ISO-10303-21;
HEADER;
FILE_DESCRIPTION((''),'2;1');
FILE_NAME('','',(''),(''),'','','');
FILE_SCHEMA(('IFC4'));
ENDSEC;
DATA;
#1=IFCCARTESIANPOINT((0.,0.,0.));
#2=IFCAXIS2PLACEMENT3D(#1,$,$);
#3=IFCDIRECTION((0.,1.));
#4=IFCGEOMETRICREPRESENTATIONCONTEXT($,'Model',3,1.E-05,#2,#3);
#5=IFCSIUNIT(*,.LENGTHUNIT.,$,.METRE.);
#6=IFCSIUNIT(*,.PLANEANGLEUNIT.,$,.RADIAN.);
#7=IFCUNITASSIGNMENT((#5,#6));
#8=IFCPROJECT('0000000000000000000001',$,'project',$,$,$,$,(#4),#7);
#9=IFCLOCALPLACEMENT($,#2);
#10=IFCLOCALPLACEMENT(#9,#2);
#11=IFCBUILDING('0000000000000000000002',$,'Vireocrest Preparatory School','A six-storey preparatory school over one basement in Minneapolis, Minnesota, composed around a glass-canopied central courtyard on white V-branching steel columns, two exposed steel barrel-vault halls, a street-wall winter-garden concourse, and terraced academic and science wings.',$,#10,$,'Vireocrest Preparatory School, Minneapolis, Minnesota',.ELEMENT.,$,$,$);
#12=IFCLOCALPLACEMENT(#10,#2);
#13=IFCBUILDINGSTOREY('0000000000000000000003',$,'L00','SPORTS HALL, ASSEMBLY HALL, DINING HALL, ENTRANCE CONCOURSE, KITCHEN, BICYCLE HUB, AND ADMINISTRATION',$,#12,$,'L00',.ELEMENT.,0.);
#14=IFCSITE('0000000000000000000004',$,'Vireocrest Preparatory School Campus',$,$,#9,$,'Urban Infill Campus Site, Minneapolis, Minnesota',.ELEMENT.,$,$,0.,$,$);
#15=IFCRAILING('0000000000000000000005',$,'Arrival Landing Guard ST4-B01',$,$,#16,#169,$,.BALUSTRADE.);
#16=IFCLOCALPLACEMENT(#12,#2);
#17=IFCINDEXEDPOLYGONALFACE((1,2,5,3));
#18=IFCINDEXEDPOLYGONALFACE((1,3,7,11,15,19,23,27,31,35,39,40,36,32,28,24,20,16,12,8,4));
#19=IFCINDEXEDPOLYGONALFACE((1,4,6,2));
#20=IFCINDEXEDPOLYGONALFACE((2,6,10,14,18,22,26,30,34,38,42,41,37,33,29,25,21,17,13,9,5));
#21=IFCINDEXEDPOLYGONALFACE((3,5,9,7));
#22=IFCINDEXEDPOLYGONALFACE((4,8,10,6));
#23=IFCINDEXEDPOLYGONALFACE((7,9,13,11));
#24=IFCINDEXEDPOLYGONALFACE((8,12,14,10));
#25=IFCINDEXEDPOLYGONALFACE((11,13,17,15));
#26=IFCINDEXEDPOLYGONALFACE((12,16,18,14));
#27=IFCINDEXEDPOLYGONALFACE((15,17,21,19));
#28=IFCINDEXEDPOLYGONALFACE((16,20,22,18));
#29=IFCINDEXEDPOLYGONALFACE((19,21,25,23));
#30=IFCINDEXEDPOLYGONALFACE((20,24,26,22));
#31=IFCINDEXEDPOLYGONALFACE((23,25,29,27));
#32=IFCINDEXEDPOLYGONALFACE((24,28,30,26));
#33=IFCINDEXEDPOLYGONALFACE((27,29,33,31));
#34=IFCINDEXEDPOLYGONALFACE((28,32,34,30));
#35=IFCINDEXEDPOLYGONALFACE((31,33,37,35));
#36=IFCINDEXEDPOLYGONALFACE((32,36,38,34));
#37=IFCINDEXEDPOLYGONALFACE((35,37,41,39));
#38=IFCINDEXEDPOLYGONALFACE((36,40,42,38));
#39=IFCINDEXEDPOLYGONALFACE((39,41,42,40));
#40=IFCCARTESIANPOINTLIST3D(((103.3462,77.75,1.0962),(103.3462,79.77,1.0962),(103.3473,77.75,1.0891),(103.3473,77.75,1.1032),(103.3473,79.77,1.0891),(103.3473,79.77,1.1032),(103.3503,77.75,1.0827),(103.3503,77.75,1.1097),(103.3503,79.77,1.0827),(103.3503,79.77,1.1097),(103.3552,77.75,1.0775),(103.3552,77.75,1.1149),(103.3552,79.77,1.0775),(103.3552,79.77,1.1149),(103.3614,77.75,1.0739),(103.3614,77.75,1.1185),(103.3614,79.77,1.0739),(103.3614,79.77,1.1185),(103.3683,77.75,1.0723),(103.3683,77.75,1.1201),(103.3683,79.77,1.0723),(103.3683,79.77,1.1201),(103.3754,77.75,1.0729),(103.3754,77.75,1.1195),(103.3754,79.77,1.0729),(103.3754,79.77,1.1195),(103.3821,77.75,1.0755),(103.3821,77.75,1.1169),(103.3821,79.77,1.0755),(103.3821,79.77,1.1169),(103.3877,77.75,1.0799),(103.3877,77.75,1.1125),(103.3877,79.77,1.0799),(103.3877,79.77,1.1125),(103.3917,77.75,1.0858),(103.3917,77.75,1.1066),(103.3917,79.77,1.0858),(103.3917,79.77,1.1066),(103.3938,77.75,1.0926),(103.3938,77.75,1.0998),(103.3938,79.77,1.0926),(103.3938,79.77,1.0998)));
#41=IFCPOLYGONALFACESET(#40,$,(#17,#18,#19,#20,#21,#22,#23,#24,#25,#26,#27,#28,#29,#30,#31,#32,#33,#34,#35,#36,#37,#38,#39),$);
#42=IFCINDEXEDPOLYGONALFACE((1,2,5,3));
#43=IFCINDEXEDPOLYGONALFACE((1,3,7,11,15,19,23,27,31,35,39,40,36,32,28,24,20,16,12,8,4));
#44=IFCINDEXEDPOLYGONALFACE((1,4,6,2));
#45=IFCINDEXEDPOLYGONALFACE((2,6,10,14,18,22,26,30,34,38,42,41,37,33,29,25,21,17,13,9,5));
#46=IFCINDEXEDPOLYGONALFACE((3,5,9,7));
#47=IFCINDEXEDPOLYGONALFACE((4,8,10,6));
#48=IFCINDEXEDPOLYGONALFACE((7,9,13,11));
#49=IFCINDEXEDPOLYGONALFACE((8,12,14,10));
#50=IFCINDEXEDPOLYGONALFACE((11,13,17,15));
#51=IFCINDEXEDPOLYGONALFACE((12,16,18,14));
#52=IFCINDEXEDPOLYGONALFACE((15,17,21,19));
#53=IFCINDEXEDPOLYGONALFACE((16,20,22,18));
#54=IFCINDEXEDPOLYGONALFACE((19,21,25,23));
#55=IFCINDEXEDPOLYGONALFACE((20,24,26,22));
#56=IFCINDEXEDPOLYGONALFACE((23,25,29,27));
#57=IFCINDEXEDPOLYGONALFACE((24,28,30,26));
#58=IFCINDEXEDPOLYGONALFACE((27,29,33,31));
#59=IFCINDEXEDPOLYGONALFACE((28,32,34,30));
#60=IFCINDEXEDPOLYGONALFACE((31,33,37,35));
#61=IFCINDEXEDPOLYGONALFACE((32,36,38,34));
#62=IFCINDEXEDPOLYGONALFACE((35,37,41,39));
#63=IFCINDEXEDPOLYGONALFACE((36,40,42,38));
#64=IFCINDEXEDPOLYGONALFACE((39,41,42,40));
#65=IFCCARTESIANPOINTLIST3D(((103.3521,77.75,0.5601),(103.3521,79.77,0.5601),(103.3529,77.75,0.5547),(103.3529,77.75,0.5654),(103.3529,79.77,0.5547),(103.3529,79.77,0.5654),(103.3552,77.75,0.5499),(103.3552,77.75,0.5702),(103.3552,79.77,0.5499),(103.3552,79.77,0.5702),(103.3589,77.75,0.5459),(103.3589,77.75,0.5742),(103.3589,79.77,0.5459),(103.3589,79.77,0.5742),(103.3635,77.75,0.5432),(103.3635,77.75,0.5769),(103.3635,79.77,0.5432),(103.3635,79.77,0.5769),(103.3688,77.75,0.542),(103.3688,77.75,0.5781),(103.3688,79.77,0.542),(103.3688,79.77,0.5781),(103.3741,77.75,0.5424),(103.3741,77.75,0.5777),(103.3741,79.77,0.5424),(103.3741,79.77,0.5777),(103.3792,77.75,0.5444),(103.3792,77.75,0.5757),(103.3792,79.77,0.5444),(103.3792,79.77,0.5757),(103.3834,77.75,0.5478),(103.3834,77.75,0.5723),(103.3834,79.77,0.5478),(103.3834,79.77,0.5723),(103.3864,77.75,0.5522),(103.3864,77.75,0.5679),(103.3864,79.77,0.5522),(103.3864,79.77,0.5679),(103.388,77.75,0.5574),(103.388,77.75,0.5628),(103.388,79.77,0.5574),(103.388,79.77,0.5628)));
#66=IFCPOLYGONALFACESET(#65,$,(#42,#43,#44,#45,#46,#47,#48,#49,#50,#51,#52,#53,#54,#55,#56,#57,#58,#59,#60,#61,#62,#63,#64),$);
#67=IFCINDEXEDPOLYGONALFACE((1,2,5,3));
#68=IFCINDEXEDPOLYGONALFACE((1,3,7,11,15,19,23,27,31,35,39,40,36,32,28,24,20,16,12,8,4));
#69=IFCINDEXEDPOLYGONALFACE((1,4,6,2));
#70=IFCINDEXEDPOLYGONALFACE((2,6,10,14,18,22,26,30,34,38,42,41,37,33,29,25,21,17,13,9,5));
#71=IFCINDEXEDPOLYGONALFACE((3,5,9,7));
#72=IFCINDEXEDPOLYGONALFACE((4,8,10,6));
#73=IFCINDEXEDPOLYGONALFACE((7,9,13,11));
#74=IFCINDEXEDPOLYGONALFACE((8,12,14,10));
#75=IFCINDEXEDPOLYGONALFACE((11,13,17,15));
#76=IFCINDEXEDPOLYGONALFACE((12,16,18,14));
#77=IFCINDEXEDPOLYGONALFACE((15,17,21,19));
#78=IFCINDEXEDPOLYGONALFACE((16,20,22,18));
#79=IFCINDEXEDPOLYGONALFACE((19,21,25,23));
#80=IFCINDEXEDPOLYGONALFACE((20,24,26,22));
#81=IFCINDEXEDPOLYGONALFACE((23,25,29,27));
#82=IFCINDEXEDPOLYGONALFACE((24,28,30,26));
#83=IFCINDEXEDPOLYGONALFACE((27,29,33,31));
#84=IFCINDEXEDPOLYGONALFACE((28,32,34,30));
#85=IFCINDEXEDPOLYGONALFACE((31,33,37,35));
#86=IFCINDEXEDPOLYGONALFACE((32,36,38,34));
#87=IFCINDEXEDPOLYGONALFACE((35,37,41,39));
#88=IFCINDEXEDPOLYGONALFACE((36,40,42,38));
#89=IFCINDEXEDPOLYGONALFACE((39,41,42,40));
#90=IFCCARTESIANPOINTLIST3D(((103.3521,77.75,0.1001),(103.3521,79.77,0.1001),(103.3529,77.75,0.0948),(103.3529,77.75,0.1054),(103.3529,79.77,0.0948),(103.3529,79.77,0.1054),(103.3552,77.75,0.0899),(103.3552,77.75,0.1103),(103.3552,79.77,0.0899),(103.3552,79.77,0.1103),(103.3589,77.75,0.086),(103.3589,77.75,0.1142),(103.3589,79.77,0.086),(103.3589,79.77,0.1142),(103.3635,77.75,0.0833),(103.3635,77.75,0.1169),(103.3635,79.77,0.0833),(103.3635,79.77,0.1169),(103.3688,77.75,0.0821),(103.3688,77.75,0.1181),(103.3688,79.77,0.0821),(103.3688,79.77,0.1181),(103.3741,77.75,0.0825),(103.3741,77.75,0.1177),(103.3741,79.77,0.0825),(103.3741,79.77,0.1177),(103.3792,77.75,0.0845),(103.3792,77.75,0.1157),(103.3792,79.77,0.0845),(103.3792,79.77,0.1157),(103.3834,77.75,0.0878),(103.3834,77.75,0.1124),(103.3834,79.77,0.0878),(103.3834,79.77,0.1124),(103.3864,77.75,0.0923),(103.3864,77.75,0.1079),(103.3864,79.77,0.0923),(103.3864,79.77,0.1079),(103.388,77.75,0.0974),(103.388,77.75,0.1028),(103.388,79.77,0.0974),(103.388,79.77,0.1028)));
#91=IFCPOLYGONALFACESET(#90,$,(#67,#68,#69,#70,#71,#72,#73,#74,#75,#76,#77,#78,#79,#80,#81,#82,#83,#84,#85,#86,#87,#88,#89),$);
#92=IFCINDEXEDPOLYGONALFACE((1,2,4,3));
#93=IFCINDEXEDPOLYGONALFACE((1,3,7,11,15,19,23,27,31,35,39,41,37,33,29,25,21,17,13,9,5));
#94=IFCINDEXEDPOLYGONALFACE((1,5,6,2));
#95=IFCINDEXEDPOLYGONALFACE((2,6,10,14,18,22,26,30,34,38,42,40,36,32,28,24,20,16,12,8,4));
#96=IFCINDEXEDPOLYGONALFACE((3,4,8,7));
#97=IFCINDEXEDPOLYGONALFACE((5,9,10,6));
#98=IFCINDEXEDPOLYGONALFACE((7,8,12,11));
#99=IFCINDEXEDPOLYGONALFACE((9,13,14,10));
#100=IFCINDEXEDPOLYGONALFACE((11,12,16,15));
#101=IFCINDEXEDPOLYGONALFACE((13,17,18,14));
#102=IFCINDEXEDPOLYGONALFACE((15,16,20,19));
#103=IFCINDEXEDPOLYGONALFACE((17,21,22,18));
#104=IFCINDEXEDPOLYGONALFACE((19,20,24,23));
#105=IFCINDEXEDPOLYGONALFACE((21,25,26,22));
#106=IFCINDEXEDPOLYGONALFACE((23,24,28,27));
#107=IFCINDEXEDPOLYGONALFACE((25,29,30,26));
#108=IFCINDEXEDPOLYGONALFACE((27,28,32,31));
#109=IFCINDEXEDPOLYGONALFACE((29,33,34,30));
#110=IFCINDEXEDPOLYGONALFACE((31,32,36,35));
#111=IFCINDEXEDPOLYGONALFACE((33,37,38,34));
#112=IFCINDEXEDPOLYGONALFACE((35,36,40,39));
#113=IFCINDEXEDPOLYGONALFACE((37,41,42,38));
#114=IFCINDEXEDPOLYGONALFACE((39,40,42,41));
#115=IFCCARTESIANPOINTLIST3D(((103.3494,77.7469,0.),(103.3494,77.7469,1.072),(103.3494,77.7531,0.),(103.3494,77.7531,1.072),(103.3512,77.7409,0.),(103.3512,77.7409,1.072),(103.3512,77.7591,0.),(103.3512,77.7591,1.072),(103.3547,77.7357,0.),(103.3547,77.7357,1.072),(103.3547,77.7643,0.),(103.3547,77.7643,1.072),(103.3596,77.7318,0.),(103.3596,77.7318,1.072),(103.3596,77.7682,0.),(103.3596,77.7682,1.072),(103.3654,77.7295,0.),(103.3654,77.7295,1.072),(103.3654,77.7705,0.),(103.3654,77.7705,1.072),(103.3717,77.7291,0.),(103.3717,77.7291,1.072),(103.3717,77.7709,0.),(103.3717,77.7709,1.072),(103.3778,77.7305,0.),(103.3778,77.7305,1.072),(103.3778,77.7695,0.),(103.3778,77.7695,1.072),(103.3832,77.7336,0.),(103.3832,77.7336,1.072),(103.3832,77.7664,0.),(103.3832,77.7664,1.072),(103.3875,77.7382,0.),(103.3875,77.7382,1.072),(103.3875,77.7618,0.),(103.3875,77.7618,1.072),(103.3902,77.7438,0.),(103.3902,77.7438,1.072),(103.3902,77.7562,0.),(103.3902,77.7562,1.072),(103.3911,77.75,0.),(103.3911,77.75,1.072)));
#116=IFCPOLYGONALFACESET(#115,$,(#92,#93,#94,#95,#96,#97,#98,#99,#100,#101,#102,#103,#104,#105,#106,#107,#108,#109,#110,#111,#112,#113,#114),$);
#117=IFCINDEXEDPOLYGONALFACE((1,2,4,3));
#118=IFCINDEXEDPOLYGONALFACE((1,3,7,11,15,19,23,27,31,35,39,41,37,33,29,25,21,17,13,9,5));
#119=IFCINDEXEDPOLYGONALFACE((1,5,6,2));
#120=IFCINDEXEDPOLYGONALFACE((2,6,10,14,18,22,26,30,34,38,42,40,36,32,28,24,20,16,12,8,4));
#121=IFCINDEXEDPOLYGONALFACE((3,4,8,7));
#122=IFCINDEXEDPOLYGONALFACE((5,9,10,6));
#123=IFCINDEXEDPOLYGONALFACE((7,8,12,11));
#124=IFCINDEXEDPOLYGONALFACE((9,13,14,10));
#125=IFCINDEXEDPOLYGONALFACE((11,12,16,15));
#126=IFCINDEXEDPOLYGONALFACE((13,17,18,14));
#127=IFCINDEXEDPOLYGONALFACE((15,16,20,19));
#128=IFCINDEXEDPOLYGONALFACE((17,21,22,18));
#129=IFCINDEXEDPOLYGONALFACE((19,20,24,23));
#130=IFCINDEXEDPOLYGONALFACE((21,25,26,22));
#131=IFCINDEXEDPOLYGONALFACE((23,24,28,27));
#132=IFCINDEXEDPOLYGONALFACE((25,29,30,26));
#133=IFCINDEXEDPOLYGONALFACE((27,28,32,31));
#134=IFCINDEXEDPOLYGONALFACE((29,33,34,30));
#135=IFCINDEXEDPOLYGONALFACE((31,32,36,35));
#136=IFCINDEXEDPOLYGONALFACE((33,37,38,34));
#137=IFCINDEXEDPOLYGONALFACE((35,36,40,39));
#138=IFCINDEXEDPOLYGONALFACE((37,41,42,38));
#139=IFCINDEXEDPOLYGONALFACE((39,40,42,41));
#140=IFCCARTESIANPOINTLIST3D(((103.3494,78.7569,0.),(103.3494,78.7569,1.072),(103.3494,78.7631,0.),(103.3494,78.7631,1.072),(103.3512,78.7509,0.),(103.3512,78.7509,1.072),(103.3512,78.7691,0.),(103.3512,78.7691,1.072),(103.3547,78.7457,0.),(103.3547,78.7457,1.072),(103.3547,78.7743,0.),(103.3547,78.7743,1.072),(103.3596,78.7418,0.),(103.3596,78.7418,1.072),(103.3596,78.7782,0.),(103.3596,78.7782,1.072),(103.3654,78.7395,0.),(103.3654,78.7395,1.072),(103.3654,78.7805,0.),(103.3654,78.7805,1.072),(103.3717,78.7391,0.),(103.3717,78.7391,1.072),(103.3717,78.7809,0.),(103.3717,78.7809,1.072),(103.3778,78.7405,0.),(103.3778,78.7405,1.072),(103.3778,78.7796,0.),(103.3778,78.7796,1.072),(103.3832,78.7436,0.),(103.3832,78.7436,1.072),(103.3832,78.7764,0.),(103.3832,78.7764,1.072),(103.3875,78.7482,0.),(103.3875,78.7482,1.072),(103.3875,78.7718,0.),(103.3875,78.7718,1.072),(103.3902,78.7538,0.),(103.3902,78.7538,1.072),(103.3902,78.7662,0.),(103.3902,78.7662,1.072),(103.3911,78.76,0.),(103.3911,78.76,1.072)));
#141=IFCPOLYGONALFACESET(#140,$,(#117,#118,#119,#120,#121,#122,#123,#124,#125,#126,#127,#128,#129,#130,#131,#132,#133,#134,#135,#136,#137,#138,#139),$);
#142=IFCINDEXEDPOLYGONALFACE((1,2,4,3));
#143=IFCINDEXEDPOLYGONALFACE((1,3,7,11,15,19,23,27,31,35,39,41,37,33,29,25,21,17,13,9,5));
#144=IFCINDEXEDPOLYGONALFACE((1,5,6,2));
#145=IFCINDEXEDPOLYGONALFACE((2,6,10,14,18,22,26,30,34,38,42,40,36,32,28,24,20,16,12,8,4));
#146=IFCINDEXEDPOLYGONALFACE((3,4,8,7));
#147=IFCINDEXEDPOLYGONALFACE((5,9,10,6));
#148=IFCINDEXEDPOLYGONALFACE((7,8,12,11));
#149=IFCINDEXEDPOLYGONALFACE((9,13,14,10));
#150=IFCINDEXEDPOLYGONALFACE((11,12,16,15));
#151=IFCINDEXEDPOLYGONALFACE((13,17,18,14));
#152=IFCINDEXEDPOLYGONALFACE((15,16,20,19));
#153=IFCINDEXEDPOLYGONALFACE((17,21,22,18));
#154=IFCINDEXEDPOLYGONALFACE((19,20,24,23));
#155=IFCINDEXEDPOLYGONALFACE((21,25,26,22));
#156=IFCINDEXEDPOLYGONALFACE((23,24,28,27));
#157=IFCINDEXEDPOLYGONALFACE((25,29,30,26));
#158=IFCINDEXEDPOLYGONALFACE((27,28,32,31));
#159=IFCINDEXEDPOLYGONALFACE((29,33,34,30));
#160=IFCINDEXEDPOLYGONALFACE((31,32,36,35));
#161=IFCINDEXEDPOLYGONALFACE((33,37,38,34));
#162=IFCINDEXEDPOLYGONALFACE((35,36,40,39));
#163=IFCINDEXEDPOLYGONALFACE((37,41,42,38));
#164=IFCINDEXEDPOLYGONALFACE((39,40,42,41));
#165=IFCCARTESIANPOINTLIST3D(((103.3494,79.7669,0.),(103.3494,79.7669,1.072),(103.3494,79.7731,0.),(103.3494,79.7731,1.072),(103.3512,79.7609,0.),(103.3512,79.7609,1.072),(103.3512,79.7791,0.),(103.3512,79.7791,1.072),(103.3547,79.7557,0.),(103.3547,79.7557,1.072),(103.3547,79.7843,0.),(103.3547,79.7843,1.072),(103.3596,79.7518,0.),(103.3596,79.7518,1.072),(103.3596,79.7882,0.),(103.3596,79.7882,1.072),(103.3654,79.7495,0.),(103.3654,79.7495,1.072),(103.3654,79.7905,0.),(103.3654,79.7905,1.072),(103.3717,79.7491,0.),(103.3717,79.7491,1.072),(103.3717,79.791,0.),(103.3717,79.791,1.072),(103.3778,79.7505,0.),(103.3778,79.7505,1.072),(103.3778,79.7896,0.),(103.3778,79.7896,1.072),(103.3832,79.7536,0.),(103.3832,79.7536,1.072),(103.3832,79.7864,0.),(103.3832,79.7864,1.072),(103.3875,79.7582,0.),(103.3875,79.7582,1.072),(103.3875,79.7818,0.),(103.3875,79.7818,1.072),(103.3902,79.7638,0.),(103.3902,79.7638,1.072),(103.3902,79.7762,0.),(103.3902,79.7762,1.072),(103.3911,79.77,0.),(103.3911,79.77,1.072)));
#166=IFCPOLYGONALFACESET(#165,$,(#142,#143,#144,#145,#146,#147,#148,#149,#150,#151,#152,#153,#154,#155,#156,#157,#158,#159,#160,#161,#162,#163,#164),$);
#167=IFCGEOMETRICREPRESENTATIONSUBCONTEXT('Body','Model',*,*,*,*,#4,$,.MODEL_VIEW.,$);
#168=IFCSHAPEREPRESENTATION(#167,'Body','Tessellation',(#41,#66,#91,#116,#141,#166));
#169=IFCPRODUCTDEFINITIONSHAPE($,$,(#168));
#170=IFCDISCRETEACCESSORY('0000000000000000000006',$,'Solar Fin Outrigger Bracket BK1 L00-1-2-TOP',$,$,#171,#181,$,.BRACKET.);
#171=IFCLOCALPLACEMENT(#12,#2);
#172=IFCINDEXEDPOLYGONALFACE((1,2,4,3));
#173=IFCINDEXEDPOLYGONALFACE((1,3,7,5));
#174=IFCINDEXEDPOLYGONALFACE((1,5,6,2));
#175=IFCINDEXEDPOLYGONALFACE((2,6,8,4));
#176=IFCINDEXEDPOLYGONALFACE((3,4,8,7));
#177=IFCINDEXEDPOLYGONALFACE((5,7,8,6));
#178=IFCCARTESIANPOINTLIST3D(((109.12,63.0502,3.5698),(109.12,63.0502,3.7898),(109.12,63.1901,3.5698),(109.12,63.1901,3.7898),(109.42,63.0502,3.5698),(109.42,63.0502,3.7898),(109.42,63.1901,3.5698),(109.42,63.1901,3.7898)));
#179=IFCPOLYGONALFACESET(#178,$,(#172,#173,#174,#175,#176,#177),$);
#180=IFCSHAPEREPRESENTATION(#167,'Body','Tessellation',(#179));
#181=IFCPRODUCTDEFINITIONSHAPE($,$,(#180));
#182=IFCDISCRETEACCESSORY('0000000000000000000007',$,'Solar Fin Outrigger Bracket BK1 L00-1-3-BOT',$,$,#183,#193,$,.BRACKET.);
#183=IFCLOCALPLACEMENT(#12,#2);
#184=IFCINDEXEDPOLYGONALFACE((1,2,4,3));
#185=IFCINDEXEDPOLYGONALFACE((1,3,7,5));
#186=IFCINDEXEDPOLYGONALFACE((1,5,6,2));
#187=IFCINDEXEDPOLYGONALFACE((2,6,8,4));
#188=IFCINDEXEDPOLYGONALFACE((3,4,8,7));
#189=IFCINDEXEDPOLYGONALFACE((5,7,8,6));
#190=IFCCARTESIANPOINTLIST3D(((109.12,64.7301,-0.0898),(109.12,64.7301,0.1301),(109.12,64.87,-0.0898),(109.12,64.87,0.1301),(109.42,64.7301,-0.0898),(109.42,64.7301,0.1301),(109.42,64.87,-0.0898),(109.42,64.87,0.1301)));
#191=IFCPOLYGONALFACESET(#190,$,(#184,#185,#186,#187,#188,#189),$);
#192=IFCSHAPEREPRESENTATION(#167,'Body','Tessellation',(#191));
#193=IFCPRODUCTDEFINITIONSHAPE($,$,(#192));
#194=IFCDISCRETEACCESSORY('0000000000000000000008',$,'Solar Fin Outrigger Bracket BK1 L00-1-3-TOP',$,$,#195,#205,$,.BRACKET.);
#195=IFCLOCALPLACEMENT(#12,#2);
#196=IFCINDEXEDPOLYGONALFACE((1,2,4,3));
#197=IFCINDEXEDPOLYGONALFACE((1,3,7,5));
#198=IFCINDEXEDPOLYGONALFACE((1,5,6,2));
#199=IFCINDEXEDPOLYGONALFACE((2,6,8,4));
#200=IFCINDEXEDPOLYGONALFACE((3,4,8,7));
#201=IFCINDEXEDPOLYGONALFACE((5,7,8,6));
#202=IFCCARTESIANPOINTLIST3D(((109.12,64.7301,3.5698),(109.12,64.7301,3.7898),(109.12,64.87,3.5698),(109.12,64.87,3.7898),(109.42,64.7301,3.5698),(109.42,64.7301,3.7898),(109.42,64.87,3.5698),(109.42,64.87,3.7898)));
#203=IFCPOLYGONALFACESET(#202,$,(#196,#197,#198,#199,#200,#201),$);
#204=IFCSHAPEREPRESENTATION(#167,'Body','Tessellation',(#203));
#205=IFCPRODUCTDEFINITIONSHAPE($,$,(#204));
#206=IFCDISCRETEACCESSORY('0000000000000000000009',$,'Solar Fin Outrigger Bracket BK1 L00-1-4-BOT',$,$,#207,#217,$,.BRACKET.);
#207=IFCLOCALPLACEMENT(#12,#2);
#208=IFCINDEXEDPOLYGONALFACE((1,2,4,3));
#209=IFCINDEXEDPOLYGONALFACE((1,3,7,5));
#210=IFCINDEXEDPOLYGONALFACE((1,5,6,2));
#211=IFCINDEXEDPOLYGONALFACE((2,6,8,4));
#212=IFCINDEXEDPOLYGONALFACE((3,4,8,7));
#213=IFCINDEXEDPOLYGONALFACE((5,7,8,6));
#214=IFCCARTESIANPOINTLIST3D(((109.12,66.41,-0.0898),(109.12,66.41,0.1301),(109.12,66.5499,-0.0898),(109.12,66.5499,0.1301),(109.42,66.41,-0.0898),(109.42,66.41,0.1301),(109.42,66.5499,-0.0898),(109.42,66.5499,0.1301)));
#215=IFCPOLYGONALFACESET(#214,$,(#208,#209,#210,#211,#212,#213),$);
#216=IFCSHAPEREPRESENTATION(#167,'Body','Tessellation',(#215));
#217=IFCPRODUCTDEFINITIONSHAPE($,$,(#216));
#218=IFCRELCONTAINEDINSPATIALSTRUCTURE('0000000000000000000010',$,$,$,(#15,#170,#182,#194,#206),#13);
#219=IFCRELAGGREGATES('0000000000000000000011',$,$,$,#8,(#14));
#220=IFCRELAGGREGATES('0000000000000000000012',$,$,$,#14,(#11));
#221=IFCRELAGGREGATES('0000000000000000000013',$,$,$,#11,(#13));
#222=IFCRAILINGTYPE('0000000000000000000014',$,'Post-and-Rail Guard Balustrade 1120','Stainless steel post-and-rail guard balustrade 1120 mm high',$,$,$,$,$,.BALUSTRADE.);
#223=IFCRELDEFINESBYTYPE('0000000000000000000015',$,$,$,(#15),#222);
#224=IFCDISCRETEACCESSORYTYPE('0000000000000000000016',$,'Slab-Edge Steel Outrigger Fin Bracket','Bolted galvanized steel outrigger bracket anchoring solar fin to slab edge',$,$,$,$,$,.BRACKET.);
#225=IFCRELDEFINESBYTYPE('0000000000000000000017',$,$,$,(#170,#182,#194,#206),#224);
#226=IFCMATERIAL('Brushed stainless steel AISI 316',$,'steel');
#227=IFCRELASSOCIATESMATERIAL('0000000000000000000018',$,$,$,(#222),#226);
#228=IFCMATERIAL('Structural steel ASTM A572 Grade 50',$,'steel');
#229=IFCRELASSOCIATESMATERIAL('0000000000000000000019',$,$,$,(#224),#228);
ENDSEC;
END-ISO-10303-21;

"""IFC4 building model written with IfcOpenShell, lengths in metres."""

from ifc_helpers import new_model, si_unit, direction, frame, origin, origin_2d, place, context, subcontext, project, spatial, rectangle, circle, extrude, material, type_object, element, save


model = new_model("IFC4")

# Units and contexts
model_context = context("Model", 3, precision=1e-05, world=origin(), true_north=direction((0.0, 1.0)))
body_context = subcontext(model_context, "Body", "Model", "MODEL_VIEW")
ifc_project = project(units=[si_unit("LENGTHUNIT", "METRE"), si_unit("PLANEANGLEUNIT", "RADIAN")], contexts=[model_context])

# Site, building, storey
site_placement = place(None, origin())
site = spatial("IfcSite", under=ifc_project, at=site_placement, Name="Vireocrest Preparatory School Campus", LongName="Urban Infill Campus Site, Minneapolis, Minnesota", CompositionType="ELEMENT", RefElevation=0.0)
building_placement = place(site_placement, origin())
building = spatial("IfcBuilding", under=site, at=building_placement, Name="Vireocrest Preparatory School", Description="A six-storey preparatory school over one basement in Minneapolis, Minnesota, composed around a glass-canopied central courtyard on white V-branching steel columns, two exposed steel barrel-vault halls, a street-wall winter-garden concourse, and terraced academic and science wings.", LongName="Vireocrest Preparatory School, Minneapolis, Minnesota", CompositionType="ELEMENT")
storey_placement = place(building_placement, origin())
storey = spatial("IfcBuildingStorey", under=building, at=storey_placement, Name="L00", Description="SPORTS HALL, ASSEMBLY HALL, DINING HALL, ENTRANCE CONCOURSE, KITCHEN, BICYCLE HUB, AND ADMINISTRATION", LongName="L00", CompositionType="ELEMENT", Elevation=0.0)

# Railing
ifc_material_1 = material(Name="Brushed stainless steel AISI 316", Category="steel")
railing_type = type_object("IfcRailingType", Name="Post-and-Rail Guard Balustrade 1120", Description="Stainless steel post-and-rail guard balustrade 1120 mm high", PredefinedType="BALUSTRADE", material=ifc_material_1)
railing_placement = place(storey_placement, frame((103.3701, 77.75, 0.0)))
element("IfcRailing", 1, at=railing_placement, inside=storey, type_object=railing_type, Name="Arrival Landing Guard ST4-B01", PredefinedType="BALUSTRADE", context=body_context, shape_type="SweptSolid", body=[
    extrude(circle(Radius=0.0239, at=origin_2d()), frame((0.0, 0.0, 1.0962), z_axis=(0.0, 1.0, 0.0), x_axis=(-1.0, 0.0, 0.0)), (0.0, 0.0, 1.0), 2.02),
    extrude(circle(Radius=0.0181, at=origin_2d()), frame((0.0, 0.0, 0.5601), z_axis=(0.0, 1.0, 0.0), x_axis=(-1.0, 0.0, 0.0)), (0.0, 0.0, 1.0), 2.02),
    extrude(circle(Radius=0.0181, at=origin_2d()), frame((0.0, 0.0, 0.1001), z_axis=(0.0, 1.0, 0.0), x_axis=(-1.0, 0.0, 0.0)), (0.0, 0.0, 1.0), 2.02),
    extrude(circle(Radius=0.021, at=origin_2d()), origin(), (0.0, 0.0, 1.0), 1.072),
    extrude(circle(Radius=0.021, at=origin_2d()), frame((0.0, 1.01, 0.0)), (0.0, 0.0, 1.0), 1.072),
    extrude(circle(Radius=0.021, at=origin_2d()), frame((0.0, 2.02, 0.0)), (0.0, 0.0, 1.0), 1.072),
])

# Discrete accessories
ifc_material_2 = material(Name="Structural steel ASTM A572 Grade 50", Category="steel")
discrete_accessory_type = type_object("IfcDiscreteAccessoryType", Name="Slab-Edge Steel Outrigger Fin Bracket", Description="Bolted galvanized steel outrigger bracket anchoring solar fin to slab edge", PredefinedType="BRACKET", material=ifc_material_2)
for number, where, z_axis, x_axis, name in (
    (2, (109.27, 63.1201, 3.5698), (0.0, 0.0, 1.0), (0.0, -1.0, 0.0), "Solar Fin Outrigger Bracket BK1 L00-1-2-TOP"),
    (3, (109.27, 64.8, -0.0898), (0.0, 0.0, 1.0), (0.0, -1.0, 0.0), "Solar Fin Outrigger Bracket BK1 L00-1-3-BOT"),
    (4, (109.27, 64.8, 3.5698), (0.0, 0.0, 1.0), (0.0, -1.0, 0.0), "Solar Fin Outrigger Bracket BK1 L00-1-3-TOP"),
    (5, (109.27, 66.48, -0.0898), (0.0, 0.0, 1.0), (0.0, -1.0, 0.0), "Solar Fin Outrigger Bracket BK1 L00-1-4-BOT"),
):
    element("IfcDiscreteAccessory", number, at=place(storey_placement, frame(where, z_axis=z_axis, x_axis=x_axis)), inside=storey, type_object=discrete_accessory_type, Name=name, PredefinedType="BRACKET", context=body_context, shape_type="SweptSolid", body=[
        extrude(rectangle(XDim=0.1399, YDim=0.3, at=origin_2d()), origin(), (0.0, 0.0, 1.0), 0.22),
    ])

save(model, "model.ifc")
